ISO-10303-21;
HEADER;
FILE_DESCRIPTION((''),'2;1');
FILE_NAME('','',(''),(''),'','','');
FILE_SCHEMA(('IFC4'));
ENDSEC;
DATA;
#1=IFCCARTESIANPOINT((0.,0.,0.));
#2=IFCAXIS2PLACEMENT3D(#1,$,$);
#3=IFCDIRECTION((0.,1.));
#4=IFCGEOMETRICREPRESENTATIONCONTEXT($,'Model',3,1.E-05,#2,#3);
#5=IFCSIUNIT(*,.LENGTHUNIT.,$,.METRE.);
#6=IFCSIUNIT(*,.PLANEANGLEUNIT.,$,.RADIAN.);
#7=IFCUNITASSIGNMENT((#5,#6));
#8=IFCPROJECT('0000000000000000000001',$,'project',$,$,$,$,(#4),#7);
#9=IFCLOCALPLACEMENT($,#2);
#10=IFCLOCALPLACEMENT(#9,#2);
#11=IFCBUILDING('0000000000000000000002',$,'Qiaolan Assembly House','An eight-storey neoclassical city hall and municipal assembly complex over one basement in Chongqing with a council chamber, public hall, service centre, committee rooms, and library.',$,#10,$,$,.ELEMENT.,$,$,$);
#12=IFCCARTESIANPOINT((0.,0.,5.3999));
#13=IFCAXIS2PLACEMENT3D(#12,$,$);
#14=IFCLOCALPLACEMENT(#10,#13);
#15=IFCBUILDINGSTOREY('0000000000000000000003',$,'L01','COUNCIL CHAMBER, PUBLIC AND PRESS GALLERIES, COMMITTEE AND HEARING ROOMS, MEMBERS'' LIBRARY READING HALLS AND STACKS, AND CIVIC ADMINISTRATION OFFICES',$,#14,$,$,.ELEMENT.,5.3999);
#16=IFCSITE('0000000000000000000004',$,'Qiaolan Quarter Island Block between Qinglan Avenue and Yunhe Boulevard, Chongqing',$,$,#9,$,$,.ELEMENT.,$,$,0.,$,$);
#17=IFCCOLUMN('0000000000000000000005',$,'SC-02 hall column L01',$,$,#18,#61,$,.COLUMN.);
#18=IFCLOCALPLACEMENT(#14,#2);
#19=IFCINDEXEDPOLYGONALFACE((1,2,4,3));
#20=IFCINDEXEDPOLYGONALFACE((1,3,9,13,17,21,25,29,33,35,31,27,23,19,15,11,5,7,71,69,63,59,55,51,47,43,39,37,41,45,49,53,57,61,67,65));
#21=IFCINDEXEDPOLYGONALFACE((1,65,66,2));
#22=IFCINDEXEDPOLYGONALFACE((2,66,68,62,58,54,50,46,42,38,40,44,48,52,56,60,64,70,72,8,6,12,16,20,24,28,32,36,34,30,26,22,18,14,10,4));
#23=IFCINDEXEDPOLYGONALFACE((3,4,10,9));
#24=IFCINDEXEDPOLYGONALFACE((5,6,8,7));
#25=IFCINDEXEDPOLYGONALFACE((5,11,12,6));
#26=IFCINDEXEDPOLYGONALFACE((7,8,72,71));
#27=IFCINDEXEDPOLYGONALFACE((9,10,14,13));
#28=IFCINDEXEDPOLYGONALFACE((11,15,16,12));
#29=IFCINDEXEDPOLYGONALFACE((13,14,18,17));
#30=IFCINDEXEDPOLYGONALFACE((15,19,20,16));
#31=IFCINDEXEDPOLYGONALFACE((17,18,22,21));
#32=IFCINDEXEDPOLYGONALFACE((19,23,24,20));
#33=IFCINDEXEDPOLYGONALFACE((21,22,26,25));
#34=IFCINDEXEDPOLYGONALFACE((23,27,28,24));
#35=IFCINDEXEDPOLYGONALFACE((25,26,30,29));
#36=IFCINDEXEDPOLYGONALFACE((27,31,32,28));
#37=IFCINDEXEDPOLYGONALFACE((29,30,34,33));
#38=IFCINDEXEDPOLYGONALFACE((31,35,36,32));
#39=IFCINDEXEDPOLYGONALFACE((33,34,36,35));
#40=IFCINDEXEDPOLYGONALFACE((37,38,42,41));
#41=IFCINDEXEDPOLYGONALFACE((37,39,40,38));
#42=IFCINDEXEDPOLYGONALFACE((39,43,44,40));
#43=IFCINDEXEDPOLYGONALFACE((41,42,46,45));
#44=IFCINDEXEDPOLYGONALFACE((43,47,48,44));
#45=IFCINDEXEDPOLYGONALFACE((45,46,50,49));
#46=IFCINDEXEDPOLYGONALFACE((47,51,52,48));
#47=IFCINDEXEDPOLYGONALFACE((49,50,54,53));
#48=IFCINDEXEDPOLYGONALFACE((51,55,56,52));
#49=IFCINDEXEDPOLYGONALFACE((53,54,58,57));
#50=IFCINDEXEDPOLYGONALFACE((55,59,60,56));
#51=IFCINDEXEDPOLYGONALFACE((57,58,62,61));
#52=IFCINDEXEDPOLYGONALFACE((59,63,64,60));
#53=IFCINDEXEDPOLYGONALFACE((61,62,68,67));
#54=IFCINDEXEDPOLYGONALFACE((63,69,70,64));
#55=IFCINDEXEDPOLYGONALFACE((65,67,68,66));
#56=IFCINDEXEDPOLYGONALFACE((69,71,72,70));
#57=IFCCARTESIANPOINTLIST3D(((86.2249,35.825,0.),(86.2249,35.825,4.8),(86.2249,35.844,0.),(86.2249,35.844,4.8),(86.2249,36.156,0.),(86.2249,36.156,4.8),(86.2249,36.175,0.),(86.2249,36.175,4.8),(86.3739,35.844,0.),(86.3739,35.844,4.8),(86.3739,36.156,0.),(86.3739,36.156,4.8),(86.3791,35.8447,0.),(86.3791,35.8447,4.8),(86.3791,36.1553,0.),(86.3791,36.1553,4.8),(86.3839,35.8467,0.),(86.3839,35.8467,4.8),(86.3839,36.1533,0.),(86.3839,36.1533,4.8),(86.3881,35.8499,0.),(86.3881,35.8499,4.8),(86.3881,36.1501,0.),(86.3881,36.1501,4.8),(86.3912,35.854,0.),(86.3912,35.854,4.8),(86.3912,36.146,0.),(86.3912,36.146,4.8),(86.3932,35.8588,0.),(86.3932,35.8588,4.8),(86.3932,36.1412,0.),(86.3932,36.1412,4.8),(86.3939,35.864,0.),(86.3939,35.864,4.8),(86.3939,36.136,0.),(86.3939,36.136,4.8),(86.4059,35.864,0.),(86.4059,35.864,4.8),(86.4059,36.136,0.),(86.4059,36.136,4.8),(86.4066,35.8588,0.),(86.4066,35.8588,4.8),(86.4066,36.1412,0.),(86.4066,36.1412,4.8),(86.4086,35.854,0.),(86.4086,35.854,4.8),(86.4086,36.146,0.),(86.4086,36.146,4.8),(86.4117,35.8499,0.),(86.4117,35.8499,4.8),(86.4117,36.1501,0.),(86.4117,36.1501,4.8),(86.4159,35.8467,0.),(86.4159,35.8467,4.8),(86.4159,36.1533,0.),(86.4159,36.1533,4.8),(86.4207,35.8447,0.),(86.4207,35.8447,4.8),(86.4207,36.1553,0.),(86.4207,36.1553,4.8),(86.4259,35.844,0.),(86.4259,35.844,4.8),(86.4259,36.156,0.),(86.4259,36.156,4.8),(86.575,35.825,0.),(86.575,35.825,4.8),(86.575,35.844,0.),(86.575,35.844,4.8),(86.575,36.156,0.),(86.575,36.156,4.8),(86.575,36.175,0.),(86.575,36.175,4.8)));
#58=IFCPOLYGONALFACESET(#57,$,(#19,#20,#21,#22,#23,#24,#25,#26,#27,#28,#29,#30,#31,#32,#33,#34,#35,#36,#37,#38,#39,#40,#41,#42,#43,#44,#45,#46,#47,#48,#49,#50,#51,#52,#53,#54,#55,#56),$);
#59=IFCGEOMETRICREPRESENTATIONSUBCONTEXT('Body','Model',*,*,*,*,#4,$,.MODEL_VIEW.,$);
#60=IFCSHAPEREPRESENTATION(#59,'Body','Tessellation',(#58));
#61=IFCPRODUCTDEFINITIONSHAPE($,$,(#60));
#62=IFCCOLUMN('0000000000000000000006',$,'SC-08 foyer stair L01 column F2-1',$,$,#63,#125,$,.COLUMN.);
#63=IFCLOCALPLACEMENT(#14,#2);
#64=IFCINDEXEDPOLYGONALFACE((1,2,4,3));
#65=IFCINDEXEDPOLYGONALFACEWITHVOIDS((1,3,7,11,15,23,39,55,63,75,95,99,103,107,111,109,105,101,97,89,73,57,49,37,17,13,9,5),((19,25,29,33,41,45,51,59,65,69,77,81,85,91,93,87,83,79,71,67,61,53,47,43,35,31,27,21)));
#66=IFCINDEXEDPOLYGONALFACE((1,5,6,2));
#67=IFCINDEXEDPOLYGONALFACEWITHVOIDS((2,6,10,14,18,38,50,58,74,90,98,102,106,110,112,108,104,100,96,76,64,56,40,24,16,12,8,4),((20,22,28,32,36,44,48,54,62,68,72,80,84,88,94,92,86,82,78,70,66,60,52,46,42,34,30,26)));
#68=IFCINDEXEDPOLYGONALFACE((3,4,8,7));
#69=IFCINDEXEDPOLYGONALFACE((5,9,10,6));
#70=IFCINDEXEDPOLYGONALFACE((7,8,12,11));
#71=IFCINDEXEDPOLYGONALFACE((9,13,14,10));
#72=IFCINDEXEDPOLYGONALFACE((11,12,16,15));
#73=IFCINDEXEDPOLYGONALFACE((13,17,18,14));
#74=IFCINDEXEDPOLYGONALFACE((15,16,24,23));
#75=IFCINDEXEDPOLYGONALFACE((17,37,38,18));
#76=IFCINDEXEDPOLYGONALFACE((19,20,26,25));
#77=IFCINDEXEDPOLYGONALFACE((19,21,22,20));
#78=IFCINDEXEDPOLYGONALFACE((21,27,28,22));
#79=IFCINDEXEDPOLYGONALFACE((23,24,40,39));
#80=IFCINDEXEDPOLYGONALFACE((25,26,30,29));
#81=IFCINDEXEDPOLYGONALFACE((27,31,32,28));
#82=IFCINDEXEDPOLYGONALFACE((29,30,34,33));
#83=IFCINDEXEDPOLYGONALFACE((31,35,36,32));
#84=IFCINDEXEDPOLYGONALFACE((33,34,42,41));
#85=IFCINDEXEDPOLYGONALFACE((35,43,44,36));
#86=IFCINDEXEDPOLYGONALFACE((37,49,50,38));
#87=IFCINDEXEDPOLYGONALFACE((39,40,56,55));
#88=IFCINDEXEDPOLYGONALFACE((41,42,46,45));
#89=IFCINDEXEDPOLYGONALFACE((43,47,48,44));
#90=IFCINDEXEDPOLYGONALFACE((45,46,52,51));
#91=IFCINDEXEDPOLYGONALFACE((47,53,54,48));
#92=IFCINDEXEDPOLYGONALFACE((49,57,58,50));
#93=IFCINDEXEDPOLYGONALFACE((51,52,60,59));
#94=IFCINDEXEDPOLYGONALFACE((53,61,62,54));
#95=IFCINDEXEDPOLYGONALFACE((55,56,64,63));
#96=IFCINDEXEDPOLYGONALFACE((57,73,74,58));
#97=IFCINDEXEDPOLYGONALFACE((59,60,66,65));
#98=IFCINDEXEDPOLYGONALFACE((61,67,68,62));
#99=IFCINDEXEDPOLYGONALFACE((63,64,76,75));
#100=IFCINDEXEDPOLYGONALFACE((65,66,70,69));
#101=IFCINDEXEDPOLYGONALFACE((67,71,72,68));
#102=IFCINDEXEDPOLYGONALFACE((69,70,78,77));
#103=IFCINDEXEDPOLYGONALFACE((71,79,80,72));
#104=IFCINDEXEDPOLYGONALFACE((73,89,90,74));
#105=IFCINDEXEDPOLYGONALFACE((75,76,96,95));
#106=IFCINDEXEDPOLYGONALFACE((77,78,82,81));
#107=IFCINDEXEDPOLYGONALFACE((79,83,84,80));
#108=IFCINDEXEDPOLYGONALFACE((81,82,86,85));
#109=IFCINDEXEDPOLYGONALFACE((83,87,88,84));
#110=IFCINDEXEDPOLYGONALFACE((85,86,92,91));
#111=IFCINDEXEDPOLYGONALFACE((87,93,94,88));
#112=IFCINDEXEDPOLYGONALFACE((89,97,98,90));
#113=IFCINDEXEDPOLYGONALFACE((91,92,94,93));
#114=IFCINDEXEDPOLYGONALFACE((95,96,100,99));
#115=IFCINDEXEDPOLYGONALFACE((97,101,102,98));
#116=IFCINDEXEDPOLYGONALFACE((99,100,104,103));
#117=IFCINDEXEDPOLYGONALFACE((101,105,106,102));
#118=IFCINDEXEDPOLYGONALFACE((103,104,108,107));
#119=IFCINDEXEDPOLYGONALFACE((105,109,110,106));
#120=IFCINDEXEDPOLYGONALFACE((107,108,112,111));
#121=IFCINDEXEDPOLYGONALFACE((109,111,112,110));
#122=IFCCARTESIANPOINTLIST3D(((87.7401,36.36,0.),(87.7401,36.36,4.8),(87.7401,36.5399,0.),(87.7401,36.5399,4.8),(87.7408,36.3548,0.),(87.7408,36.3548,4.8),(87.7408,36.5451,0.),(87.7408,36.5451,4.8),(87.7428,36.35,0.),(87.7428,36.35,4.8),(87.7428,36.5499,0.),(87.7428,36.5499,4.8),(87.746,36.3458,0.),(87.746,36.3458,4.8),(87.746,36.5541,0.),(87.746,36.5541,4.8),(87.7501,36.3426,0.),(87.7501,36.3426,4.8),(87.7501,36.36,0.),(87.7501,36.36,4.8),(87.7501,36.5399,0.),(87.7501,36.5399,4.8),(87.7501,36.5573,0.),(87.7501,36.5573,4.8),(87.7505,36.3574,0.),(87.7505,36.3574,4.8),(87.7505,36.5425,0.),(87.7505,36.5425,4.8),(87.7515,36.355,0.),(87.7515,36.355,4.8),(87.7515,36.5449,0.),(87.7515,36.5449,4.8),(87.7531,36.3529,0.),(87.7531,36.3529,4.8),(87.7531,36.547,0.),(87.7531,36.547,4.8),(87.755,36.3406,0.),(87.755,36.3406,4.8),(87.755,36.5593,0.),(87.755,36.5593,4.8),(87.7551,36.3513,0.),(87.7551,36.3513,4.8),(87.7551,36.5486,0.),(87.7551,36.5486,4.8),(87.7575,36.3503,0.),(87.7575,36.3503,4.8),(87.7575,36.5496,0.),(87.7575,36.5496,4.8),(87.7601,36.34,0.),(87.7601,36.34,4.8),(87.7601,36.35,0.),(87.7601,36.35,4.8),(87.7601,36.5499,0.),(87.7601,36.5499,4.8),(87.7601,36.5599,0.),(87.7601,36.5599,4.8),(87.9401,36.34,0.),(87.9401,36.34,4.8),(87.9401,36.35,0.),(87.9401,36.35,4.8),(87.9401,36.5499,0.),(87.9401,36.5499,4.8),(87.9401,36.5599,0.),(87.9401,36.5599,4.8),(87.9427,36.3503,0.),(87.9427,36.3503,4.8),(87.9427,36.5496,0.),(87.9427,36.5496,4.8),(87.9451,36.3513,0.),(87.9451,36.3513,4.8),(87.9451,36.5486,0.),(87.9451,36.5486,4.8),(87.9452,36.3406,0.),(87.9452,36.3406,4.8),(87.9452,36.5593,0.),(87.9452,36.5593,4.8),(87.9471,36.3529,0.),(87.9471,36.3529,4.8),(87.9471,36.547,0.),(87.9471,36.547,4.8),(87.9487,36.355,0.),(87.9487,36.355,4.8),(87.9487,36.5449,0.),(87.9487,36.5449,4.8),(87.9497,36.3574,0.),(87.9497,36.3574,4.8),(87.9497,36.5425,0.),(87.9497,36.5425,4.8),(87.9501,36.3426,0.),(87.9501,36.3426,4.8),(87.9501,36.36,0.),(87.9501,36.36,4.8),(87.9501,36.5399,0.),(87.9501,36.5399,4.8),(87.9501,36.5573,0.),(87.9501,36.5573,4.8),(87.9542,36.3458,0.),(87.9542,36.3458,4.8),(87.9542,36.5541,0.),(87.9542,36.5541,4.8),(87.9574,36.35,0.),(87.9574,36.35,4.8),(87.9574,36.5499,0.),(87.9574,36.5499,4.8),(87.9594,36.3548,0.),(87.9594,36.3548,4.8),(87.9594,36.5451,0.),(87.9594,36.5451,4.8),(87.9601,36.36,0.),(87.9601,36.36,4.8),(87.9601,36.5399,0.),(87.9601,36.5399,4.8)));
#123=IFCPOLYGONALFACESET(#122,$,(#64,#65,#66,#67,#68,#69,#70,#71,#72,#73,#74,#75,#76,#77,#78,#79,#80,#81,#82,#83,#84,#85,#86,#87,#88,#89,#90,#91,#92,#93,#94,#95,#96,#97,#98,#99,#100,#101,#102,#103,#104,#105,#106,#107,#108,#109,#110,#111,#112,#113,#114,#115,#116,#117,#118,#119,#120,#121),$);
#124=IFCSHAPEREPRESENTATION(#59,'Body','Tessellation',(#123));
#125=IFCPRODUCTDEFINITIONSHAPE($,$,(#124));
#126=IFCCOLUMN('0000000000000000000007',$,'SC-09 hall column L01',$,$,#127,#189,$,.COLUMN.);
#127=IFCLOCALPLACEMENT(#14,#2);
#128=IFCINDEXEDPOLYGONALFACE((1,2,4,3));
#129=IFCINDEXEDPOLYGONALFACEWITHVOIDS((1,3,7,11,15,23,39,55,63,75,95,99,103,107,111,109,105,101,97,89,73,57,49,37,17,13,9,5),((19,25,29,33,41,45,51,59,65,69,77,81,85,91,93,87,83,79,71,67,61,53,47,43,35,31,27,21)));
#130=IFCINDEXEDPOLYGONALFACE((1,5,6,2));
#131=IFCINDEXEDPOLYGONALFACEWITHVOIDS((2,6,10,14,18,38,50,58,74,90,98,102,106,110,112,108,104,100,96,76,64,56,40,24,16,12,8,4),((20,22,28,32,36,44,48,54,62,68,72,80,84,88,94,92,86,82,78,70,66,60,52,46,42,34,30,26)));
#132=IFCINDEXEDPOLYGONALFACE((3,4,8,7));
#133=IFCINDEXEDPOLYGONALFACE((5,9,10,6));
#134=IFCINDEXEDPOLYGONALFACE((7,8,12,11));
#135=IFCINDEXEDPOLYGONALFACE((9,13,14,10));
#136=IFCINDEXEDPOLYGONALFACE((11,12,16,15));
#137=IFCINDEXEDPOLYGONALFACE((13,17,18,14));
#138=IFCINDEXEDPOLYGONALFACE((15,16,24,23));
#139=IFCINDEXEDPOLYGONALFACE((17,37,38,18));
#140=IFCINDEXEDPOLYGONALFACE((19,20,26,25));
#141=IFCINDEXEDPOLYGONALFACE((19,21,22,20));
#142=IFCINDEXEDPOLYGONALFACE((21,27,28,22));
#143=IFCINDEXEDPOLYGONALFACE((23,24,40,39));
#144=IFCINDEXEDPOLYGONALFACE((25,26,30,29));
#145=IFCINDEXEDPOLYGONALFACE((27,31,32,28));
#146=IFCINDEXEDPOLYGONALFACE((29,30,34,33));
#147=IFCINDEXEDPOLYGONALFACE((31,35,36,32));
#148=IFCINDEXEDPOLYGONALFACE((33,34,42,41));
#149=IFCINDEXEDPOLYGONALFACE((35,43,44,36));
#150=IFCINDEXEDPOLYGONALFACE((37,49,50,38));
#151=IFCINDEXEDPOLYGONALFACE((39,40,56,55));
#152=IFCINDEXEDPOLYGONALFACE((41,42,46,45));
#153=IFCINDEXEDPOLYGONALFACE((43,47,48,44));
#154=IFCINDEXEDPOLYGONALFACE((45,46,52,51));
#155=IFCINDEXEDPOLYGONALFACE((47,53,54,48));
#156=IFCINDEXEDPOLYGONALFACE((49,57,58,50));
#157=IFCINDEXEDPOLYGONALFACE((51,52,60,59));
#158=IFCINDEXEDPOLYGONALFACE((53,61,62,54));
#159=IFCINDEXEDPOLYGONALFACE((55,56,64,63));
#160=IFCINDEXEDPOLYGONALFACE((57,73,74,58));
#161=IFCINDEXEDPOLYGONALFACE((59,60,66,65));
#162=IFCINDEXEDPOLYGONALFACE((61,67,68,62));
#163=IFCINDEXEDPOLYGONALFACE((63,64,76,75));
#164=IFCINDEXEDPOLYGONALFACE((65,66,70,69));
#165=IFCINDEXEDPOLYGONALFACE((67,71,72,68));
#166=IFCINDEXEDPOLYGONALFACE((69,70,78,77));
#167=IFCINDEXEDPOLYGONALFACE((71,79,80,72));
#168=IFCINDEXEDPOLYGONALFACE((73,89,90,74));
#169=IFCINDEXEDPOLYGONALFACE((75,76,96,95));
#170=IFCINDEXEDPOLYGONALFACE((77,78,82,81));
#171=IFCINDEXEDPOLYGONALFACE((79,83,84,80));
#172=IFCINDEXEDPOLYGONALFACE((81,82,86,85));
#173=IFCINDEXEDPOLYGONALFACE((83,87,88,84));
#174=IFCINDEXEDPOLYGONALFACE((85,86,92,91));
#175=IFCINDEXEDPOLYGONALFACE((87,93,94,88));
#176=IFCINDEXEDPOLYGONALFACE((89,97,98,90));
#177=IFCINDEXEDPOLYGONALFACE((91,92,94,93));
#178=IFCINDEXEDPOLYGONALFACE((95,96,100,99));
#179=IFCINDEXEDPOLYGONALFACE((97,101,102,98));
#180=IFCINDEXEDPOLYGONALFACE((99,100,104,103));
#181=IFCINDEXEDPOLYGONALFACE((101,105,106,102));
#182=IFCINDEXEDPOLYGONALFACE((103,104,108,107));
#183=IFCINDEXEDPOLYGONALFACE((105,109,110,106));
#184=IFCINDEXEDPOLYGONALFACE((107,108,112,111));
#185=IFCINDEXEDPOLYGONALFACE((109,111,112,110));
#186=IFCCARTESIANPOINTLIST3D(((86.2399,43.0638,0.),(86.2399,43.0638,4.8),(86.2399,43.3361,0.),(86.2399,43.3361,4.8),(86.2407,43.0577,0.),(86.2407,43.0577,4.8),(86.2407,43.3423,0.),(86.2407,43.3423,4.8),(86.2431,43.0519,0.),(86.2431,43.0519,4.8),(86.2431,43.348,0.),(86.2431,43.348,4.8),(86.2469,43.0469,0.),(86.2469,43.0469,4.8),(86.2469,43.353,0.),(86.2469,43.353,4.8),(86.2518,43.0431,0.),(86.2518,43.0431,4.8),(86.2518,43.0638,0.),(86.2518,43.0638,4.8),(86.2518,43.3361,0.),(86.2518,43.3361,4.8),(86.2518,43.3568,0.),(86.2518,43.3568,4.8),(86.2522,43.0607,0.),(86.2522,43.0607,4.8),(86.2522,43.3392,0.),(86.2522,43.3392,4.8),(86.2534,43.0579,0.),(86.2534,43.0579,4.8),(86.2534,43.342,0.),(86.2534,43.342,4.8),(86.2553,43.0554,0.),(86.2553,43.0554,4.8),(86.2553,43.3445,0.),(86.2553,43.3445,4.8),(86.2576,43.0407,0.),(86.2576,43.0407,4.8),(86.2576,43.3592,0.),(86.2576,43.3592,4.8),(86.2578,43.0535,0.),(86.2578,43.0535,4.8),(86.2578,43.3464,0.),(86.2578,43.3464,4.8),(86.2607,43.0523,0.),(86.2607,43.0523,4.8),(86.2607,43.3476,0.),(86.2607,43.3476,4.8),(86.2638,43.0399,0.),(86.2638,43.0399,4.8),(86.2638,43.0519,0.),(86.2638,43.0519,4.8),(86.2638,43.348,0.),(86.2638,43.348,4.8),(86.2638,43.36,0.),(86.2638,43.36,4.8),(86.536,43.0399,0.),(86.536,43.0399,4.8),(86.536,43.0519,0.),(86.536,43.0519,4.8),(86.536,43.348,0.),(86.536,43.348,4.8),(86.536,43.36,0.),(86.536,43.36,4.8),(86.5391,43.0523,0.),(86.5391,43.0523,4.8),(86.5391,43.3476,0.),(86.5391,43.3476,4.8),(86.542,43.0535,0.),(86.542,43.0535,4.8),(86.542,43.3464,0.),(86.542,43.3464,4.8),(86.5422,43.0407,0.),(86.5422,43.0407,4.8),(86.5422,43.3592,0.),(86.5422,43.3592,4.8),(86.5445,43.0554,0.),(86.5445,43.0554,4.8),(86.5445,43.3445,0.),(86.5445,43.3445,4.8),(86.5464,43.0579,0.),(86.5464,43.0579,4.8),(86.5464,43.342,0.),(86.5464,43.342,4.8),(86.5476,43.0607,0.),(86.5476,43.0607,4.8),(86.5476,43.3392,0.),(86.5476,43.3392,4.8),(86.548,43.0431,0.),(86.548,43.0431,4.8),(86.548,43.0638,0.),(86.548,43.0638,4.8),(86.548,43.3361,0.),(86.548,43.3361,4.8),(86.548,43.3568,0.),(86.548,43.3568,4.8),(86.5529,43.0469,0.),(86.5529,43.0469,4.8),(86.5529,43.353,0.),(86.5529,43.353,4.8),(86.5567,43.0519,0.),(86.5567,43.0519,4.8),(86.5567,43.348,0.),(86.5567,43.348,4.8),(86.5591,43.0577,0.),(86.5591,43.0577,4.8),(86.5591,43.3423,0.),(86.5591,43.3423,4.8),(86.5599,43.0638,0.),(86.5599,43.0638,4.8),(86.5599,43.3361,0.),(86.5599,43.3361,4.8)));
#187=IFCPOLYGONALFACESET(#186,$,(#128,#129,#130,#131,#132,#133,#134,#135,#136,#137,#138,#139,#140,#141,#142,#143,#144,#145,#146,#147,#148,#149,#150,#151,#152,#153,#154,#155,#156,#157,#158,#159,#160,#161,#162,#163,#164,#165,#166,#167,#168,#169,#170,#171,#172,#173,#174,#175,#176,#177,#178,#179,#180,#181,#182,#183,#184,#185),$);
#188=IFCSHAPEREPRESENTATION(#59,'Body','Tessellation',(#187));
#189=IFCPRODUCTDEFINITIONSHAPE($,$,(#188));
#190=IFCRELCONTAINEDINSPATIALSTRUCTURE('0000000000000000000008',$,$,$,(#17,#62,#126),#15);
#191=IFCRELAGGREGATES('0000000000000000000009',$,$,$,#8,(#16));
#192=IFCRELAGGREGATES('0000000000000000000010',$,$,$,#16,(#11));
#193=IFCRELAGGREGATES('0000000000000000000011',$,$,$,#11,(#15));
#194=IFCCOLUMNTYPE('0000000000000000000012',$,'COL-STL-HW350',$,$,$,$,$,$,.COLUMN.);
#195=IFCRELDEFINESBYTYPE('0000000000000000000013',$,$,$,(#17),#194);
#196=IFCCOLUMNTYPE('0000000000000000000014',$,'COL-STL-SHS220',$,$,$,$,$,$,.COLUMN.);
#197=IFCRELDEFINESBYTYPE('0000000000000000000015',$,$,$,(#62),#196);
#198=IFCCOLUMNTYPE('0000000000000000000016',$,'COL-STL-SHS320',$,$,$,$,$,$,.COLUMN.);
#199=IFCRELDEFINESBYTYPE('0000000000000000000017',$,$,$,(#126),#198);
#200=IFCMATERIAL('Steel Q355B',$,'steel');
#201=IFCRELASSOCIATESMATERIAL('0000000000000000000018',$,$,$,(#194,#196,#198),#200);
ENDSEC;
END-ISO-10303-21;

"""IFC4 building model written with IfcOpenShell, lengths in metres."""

from ifc_helpers import new_model, si_unit, direction, frame, origin, origin_2d, place, context, subcontext, project, spatial, hollow_rectangle, i_section, extrude, material, material_profile, profile_set, type_object, element, save


model = new_model("IFC4")

# Units and contexts
model_context = context("Model", 3, precision=1e-05, world=origin(), true_north=direction((0.0, 1.0)))
body_context = subcontext(model_context, "Body", "Model", "MODEL_VIEW")
ifc_project = project(units=[si_unit("LENGTHUNIT", "METRE"), si_unit("PLANEANGLEUNIT", "RADIAN")], contexts=[model_context])

# Site, building, storey
site_placement = place(None, origin())
site = spatial("IfcSite", under=ifc_project, at=site_placement, Name="Qiaolan Quarter Island Block between Qinglan Avenue and Yunhe Boulevard, Chongqing", CompositionType="ELEMENT", RefElevation=0.0)
building_placement = place(site_placement, origin())
building = spatial("IfcBuilding", under=site, at=building_placement, Name="Qiaolan Assembly House", Description="An eight-storey neoclassical city hall and municipal assembly complex over one basement in Chongqing with a council chamber, public hall, service centre, committee rooms, and library.", CompositionType="ELEMENT")
storey_placement = place(building_placement, frame((0.0, 0.0, 5.3999)))
storey = spatial("IfcBuildingStorey", under=building, at=storey_placement, Name="L01", Description="COUNCIL CHAMBER, PUBLIC AND PRESS GALLERIES, COMMITTEE AND HEARING ROOMS, MEMBERS' LIBRARY READING HALLS AND STACKS, AND CIVIC ADMINISTRATION OFFICES", CompositionType="ELEMENT", Elevation=5.3999)

# Columns
ifc_material_1 = material(Name="Steel Q355B", Category="steel")
ifc_material_profile_1 = material_profile(ifc_material_1, i_section(OverallWidth=0.3501, OverallDepth=0.3501, WebThickness=0.012, FlangeThickness=0.019, FilletRadius=0.02, at=origin_2d()), Name="HW 350x350x12x19")
ifc_profile_set_1 = profile_set([ifc_material_profile_1], Name="Steel Q355B")
column_type_1 = type_object("IfcColumnType", Name="COL-STL-HW350", PredefinedType="COLUMN", material=ifc_profile_set_1)
column_1_placement = place(storey_placement, frame((86.3999, 36.0, 0.0), z_axis=(0.0, 0.0, 1.0), x_axis=(1.0, 0.0, 0.0)))
element("IfcColumn", 1, at=column_1_placement, inside=storey, type_object=column_type_1, Name="SC-02 hall column L01", PredefinedType="COLUMN", context=body_context, shape_type="SweptSolid", body=[
    extrude(i_section(OverallWidth=0.3501, OverallDepth=0.3501, WebThickness=0.012, FlangeThickness=0.019, FilletRadius=0.02, at=origin_2d()), origin(), (0.0, 0.0, 1.0), 4.8),
])
ifc_material_profile_2 = material_profile(ifc_material_1, hollow_rectangle(XDim=0.22, YDim=0.22, WallThickness=0.01, InnerFilletRadius=0.01, OuterFilletRadius=0.02, at=origin_2d()), Name="SHS 220x220x10")
ifc_profile_set_2 = profile_set([ifc_material_profile_2], Name="Steel Q355B")
column_type_2 = type_object("IfcColumnType", Name="COL-STL-SHS220", PredefinedType="COLUMN", material=ifc_profile_set_2)
column_2_placement = place(storey_placement, frame((87.8501, 36.45, 0.0), z_axis=(0.0, 0.0, 1.0), x_axis=(1.0, 0.0, 0.0)))
element("IfcColumn", 2, at=column_2_placement, inside=storey, type_object=column_type_2, Name="SC-08 foyer stair L01 column F2-1", PredefinedType="COLUMN", context=body_context, shape_type="SweptSolid", body=[
    extrude(hollow_rectangle(XDim=0.22, YDim=0.22, WallThickness=0.01, InnerFilletRadius=0.01, OuterFilletRadius=0.02, at=origin_2d()), origin(), (0.0, 0.0, 1.0), 4.8),
])
ifc_material_profile_3 = material_profile(ifc_material_1, hollow_rectangle(XDim=0.3201, YDim=0.3201, WallThickness=0.012, InnerFilletRadius=0.012, OuterFilletRadius=0.0239, at=origin_2d()), Name="SHS 320x320x12")
ifc_profile_set_3 = profile_set([ifc_material_profile_3], Name="Steel Q355B")
column_type_3 = type_object("IfcColumnType", Name="COL-STL-SHS320", PredefinedType="COLUMN", material=ifc_profile_set_3)
column_3_placement = place(storey_placement, frame((86.3999, 43.2, 0.0), z_axis=(0.0, 0.0, 1.0), x_axis=(1.0, 0.0, 0.0)))
element("IfcColumn", 3, at=column_3_placement, inside=storey, type_object=column_type_3, Name="SC-09 hall column L01", PredefinedType="COLUMN", context=body_context, shape_type="SweptSolid", body=[
    extrude(hollow_rectangle(XDim=0.3201, YDim=0.3201, WallThickness=0.012, InnerFilletRadius=0.012, OuterFilletRadius=0.0239, at=origin_2d()), origin(), (0.0, 0.0, 1.0), 4.8),
])

save(model, "model.ifc")
